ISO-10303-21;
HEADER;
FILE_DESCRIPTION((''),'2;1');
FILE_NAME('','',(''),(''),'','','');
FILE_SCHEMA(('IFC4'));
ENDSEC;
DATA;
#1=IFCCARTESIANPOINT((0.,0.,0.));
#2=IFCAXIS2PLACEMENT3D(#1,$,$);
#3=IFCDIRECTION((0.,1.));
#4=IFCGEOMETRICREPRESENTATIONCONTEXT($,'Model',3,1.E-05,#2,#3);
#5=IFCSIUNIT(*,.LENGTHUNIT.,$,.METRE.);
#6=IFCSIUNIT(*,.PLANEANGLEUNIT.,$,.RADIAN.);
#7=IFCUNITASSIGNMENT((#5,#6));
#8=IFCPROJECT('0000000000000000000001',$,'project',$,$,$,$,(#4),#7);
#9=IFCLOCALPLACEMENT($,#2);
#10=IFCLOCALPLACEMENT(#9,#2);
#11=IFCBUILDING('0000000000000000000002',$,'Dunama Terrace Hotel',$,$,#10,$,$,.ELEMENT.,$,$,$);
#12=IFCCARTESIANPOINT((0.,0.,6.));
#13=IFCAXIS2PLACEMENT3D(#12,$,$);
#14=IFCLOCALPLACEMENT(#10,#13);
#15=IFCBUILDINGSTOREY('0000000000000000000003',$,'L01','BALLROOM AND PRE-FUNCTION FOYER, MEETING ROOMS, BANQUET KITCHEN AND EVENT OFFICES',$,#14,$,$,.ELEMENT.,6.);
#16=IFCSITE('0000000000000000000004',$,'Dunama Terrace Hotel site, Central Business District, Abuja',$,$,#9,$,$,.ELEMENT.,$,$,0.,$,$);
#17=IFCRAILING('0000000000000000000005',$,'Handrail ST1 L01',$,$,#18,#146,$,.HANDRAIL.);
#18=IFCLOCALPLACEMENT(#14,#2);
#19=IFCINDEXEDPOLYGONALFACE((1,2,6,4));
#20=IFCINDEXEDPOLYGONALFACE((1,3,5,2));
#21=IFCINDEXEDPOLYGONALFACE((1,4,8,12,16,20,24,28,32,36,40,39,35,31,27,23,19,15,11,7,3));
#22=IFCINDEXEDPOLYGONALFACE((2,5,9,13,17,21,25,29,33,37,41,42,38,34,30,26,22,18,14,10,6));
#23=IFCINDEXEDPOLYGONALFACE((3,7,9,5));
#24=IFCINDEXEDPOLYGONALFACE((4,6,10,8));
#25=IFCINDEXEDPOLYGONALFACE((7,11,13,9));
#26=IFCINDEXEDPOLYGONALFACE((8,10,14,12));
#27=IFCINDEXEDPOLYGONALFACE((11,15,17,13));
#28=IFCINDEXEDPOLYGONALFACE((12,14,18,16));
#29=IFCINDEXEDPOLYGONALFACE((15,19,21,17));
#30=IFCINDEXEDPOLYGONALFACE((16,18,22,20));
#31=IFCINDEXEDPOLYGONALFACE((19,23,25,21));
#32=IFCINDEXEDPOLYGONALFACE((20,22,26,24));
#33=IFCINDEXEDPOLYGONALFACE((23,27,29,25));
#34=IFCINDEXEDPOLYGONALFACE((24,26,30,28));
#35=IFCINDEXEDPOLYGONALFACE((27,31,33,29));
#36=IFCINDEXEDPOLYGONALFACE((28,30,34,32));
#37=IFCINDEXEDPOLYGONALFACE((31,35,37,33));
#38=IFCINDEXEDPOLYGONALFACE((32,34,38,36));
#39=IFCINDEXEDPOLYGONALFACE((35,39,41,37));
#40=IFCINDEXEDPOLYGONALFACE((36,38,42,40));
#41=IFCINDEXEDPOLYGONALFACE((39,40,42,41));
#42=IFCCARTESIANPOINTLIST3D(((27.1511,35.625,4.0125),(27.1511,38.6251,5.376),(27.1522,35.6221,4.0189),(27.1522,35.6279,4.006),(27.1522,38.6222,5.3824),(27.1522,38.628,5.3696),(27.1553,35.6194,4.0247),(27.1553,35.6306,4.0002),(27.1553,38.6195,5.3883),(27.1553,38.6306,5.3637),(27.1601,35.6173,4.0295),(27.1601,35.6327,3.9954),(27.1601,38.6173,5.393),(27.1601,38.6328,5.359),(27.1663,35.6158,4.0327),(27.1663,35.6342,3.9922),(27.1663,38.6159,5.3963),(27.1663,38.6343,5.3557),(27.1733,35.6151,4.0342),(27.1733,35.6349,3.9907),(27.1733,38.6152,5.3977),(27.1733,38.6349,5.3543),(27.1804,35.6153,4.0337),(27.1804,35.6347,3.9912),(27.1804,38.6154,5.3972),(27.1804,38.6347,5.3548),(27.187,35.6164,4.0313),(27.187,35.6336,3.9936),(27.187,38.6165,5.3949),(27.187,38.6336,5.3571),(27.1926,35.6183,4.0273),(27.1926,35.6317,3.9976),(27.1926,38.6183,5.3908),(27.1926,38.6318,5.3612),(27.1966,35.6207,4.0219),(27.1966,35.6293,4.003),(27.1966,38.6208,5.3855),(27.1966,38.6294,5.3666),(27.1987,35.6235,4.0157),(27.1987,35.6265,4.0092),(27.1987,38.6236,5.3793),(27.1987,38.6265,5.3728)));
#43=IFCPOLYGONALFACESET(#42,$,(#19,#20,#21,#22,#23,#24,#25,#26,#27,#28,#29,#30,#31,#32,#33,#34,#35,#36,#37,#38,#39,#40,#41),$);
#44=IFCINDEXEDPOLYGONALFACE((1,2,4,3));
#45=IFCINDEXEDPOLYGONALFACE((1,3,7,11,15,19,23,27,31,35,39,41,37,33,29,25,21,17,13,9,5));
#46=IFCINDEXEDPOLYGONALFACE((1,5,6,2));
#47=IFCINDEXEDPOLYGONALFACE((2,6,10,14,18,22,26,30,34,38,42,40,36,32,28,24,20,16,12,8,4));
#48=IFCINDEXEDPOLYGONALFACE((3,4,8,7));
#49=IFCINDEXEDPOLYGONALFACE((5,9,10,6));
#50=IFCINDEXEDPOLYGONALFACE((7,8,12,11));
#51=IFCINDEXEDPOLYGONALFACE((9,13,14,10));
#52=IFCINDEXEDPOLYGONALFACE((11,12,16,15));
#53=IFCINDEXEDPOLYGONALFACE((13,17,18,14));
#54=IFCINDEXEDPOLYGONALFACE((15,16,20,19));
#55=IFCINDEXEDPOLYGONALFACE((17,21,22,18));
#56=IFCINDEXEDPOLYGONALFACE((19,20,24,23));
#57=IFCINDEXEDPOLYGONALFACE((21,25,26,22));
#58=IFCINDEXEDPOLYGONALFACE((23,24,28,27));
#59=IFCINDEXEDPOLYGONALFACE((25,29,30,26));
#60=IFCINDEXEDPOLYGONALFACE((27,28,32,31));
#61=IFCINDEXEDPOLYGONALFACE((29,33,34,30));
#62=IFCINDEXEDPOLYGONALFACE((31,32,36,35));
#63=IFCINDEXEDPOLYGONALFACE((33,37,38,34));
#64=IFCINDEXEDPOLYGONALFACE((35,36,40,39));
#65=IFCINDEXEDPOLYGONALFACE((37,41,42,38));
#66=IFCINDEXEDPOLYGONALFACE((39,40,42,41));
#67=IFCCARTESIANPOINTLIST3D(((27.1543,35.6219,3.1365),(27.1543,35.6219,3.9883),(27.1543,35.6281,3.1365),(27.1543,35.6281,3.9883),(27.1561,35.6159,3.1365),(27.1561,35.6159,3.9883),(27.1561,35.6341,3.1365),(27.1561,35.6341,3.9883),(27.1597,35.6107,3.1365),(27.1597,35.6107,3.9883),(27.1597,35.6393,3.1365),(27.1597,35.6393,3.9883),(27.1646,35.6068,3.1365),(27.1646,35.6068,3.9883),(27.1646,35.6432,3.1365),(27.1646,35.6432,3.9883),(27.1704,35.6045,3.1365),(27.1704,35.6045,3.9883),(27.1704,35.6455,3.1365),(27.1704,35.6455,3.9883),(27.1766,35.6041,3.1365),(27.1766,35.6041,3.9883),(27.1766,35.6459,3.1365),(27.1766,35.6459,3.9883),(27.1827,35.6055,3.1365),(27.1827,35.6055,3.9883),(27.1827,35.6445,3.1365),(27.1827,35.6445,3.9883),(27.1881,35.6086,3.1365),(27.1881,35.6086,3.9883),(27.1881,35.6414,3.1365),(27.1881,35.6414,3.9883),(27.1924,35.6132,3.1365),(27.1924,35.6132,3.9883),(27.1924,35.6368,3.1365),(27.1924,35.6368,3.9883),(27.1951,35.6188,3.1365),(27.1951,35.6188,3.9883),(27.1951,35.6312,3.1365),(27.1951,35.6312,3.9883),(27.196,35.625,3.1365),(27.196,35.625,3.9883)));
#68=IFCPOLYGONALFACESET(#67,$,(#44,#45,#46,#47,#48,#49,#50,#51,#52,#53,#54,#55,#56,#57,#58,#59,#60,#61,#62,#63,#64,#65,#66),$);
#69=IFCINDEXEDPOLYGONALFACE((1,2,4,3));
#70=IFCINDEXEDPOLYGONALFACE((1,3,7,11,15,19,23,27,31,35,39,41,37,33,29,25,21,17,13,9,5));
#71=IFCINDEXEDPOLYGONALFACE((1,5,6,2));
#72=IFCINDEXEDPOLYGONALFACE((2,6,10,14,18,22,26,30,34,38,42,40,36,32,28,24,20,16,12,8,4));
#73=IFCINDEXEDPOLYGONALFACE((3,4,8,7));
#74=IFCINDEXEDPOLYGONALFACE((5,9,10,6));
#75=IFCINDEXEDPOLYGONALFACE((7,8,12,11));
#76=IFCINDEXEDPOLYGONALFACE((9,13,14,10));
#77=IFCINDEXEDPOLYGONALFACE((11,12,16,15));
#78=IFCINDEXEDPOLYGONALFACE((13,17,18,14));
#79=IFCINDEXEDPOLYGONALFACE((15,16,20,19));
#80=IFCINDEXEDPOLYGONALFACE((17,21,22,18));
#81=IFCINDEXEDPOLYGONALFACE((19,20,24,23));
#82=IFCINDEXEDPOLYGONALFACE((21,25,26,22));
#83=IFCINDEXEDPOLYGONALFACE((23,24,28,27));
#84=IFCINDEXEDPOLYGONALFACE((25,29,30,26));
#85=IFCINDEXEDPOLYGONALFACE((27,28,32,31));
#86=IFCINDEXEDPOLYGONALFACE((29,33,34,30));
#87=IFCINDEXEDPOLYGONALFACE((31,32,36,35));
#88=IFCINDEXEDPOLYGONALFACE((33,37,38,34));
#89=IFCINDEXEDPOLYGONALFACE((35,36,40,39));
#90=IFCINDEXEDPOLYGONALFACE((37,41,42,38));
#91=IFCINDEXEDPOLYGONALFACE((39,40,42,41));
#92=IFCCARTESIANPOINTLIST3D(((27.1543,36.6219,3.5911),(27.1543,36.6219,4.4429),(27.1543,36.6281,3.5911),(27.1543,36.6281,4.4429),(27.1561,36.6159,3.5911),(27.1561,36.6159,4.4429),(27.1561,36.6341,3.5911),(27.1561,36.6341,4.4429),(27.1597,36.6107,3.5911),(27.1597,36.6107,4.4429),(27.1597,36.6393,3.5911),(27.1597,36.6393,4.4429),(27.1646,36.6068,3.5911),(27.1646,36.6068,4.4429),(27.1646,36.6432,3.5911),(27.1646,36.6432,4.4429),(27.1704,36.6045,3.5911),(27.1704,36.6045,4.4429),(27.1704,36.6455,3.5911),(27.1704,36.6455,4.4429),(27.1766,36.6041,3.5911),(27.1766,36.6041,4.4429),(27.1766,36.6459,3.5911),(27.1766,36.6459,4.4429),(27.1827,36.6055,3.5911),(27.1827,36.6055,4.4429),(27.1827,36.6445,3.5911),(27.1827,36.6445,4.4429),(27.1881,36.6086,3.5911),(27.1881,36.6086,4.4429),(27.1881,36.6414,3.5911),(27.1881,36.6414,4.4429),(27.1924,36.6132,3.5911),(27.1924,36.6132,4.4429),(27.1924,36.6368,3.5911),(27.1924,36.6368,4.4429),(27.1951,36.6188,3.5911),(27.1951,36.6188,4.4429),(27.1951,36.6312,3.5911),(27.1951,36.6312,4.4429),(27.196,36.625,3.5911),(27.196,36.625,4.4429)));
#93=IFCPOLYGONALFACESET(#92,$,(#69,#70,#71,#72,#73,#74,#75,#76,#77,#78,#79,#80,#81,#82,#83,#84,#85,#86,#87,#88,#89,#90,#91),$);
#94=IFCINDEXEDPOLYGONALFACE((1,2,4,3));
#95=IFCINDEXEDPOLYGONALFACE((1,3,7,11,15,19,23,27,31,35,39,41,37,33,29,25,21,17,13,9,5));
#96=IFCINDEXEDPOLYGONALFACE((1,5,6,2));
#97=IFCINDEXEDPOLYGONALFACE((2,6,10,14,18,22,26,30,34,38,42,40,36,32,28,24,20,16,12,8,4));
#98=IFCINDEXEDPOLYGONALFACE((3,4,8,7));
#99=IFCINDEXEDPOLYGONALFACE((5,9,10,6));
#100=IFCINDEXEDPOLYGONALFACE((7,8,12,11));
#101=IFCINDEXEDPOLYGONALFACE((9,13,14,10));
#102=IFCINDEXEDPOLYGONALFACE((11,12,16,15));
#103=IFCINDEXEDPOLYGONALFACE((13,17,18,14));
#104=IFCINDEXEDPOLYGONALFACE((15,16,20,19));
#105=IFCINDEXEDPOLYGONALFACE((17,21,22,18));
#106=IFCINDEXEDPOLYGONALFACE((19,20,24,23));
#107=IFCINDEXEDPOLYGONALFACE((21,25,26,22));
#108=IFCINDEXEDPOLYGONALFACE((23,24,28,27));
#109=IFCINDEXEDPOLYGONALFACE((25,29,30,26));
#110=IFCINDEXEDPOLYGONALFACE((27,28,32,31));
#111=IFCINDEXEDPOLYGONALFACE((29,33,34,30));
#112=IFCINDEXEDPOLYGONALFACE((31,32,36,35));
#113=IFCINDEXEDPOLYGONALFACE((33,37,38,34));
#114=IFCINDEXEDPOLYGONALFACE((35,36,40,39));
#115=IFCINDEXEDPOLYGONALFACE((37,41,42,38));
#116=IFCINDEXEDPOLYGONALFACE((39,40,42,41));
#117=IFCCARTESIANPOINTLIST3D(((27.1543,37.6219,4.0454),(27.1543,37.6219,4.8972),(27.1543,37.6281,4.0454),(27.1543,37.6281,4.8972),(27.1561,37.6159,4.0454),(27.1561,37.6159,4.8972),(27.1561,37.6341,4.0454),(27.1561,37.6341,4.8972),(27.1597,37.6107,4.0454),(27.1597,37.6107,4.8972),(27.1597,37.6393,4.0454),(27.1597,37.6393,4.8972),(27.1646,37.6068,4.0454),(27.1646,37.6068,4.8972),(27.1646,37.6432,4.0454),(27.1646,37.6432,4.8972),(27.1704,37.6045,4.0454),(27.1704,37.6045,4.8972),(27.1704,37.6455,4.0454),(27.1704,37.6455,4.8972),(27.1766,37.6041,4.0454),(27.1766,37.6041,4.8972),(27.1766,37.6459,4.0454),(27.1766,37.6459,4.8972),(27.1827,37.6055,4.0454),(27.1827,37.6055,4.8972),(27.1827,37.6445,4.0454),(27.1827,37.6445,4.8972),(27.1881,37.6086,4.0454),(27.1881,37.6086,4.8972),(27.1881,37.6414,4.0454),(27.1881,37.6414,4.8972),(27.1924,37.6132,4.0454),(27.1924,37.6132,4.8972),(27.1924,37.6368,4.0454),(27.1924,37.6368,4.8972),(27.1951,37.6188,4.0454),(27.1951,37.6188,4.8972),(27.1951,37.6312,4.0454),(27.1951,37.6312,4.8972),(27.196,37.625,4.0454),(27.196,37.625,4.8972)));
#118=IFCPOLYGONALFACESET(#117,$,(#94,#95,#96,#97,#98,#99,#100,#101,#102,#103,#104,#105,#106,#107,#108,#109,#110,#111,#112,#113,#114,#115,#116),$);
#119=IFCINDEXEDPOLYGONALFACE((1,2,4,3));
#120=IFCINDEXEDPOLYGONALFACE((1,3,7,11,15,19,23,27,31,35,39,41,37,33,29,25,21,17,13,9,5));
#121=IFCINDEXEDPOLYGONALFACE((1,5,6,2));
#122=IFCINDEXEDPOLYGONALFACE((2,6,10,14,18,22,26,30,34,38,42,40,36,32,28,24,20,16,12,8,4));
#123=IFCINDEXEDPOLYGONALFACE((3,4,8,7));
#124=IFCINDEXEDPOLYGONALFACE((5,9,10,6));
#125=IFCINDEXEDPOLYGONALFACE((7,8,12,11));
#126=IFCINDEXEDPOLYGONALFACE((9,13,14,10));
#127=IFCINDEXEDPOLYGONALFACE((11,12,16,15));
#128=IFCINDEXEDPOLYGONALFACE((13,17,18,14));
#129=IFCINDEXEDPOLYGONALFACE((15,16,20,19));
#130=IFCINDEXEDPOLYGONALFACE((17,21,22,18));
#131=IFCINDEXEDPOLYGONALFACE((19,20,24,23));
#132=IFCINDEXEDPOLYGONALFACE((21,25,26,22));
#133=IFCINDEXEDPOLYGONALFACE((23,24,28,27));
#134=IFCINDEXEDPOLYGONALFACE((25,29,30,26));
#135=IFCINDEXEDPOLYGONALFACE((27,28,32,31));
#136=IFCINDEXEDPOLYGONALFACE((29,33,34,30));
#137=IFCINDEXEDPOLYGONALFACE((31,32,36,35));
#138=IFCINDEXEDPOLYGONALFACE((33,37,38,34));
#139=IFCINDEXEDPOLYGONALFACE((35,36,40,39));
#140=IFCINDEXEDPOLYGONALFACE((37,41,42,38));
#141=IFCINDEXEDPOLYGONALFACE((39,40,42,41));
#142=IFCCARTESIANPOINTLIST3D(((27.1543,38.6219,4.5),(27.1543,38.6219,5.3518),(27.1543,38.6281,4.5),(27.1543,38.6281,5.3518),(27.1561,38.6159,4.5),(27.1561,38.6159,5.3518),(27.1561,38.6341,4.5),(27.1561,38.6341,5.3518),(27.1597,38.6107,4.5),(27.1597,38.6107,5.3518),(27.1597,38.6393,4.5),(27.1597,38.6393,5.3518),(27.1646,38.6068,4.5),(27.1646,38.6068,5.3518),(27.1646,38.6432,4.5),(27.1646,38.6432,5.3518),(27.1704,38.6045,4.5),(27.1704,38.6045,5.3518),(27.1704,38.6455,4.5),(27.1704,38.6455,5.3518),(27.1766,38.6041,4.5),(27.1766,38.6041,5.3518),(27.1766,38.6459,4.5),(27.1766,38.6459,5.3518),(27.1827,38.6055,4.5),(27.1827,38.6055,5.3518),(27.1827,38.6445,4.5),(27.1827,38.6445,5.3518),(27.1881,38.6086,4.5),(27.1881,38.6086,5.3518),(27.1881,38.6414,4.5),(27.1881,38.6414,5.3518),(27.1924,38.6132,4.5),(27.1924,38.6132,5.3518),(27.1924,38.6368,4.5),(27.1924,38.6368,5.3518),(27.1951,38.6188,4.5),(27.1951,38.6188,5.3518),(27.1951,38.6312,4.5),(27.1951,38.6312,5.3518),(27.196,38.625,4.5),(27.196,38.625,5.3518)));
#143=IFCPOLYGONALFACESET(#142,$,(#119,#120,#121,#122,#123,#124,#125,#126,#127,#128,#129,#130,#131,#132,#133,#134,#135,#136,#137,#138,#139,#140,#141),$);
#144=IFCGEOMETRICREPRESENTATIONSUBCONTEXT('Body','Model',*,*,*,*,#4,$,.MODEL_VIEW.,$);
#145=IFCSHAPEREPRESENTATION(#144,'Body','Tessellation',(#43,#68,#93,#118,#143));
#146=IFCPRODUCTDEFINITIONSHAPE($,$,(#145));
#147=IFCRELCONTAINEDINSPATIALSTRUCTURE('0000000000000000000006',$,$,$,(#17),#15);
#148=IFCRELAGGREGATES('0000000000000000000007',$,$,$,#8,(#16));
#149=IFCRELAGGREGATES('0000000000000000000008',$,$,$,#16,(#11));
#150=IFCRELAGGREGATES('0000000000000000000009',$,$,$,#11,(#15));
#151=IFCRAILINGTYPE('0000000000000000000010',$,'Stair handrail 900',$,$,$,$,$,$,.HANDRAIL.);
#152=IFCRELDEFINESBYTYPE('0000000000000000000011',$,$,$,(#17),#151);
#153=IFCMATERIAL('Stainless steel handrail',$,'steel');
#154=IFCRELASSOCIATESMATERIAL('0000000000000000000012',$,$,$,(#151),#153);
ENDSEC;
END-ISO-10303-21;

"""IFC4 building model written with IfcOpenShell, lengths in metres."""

from ifc_helpers import new_model, si_unit, direction, frame, origin, origin_2d, place, context, subcontext, project, spatial, circle, extrude, material, type_object, element, save


model = new_model("IFC4")

# Units and contexts
model_context = context("Model", 3, precision=1e-05, world=origin(), true_north=direction((0.0, 1.0)))
body_context = subcontext(model_context, "Body", "Model", "MODEL_VIEW")
ifc_project = project(units=[si_unit("LENGTHUNIT", "METRE"), si_unit("PLANEANGLEUNIT", "RADIAN")], contexts=[model_context])

# Site, building, storey
site_placement = place(None, origin())
site = spatial("IfcSite", under=ifc_project, at=site_placement, Name="Dunama Terrace Hotel site, Central Business District, Abuja", CompositionType="ELEMENT", RefElevation=0.0)
building_placement = place(site_placement, origin())
building = spatial("IfcBuilding", under=site, at=building_placement, Name="Dunama Terrace Hotel", CompositionType="ELEMENT")
storey_placement = place(building_placement, frame((0.0, 0.0, 6.0)))
storey = spatial("IfcBuildingStorey", under=building, at=storey_placement, Name="L01", Description="BALLROOM AND PRE-FUNCTION FOYER, MEETING ROOMS, BANQUET KITCHEN AND EVENT OFFICES", CompositionType="ELEMENT", Elevation=6.0)

# Railing
ifc_material_1 = material(Name="Stainless steel handrail", Category="steel")
railing_type = type_object("IfcRailingType", Name="Stair handrail 900", PredefinedType="HANDRAIL", material=ifc_material_1)
railing_1_placement = place(storey_placement, frame((27.175, 35.625, 3.1365)))
element("IfcRailing", 1, at=railing_1_placement, inside=storey, type_object=railing_type, Name="Handrail ST1 L01", PredefinedType="HANDRAIL", context=body_context, shape_type="SweptSolid", body=[
    extrude(circle(Radius=0.0239, at=origin_2d()), frame((0.0, 0.0, 0.876), z_axis=(0.0, 0.910379, 0.413775), x_axis=(-1.0, 0.0, 0.0)), (0.0, 0.0, 1.0), 3.2954),
    extrude(circle(Radius=0.021, at=origin_2d()), origin(), (0.0, 0.0, 1.0), 0.8518),
    extrude(circle(Radius=0.021, at=origin_2d()), frame((0.0, 1.0, 0.4546)), (0.0, 0.0, 1.0), 0.8518),
    extrude(circle(Radius=0.021, at=origin_2d()), frame((0.0, 2.0, 0.9089)), (0.0, 0.0, 1.0), 0.8518),
    extrude(circle(Radius=0.021, at=origin_2d()), frame((0.0, 3.0, 1.3635)), (0.0, 0.0, 1.0), 0.8518),
])

save(model, "model.ifc")
